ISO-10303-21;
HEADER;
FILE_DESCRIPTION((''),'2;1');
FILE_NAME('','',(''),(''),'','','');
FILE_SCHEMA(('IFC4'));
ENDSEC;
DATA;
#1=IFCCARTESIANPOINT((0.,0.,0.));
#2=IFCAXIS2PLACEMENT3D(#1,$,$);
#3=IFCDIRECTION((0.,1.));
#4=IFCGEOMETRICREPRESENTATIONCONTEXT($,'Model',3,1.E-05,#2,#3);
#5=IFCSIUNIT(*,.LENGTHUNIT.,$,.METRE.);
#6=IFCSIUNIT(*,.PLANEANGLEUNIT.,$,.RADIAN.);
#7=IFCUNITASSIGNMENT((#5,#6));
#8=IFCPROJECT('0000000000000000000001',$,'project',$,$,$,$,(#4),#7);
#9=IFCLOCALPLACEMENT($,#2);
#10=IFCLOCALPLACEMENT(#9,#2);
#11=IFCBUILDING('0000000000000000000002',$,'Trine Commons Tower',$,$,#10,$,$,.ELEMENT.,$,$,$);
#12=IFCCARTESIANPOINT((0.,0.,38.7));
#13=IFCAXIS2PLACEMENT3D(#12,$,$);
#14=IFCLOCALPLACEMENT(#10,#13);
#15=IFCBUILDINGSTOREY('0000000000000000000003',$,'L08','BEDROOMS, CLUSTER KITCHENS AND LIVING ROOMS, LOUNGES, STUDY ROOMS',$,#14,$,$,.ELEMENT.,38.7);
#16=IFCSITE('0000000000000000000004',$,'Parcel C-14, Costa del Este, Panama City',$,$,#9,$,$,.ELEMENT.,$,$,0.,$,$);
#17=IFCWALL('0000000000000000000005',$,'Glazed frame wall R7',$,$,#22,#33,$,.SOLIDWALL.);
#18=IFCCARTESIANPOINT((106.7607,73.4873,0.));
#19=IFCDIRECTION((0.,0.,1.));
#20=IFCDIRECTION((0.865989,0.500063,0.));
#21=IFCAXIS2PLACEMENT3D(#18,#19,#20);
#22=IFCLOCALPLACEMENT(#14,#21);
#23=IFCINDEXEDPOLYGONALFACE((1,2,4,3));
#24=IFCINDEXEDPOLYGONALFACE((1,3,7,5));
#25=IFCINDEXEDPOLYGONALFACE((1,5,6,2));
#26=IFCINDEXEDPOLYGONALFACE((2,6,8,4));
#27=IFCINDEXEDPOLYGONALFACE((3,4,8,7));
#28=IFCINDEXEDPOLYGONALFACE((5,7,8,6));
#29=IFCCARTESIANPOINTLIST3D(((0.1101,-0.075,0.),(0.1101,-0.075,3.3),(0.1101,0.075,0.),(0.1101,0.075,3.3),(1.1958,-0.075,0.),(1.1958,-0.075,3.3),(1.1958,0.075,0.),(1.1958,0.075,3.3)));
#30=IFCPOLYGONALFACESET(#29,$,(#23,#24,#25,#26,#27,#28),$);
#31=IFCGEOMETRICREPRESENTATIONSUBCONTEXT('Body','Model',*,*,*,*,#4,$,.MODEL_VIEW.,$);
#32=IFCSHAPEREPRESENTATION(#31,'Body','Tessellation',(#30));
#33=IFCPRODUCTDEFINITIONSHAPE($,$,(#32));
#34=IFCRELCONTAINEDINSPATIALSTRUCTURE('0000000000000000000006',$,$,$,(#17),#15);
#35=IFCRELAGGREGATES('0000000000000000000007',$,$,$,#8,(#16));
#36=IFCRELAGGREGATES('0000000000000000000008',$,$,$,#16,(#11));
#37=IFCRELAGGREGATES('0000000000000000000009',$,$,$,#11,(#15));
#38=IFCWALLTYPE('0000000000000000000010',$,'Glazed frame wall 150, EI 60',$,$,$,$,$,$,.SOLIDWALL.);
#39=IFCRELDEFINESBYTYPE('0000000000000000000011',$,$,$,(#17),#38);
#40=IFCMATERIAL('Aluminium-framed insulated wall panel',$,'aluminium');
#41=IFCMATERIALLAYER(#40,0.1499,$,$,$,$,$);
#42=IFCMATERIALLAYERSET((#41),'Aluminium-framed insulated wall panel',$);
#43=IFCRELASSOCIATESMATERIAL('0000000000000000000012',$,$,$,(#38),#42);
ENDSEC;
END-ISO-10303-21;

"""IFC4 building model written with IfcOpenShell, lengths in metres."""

from ifc_helpers import new_model, si_unit, direction, frame, origin, place, context, subcontext, project, spatial, polyline, outline, extrude, material, layer, layer_set, type_object, element, save


model = new_model("IFC4")

# Units and contexts
model_context = context("Model", 3, precision=1e-05, world=origin(), true_north=direction((0.0, 1.0)))
body_context = subcontext(model_context, "Body", "Model", "MODEL_VIEW")
ifc_project = project(units=[si_unit("LENGTHUNIT", "METRE"), si_unit("PLANEANGLEUNIT", "RADIAN")], contexts=[model_context])

# Site, building, storey
site_placement = place(None, origin())
site = spatial("IfcSite", under=ifc_project, at=site_placement, Name="Parcel C-14, Costa del Este, Panama City", CompositionType="ELEMENT", RefElevation=0.0)
building_placement = place(site_placement, origin())
building = spatial("IfcBuilding", under=site, at=building_placement, Name="Trine Commons Tower", CompositionType="ELEMENT")
storey_placement = place(building_placement, frame((0.0, 0.0, 38.7)))
storey = spatial("IfcBuildingStorey", under=building, at=storey_placement, Name="L08", Description="BEDROOMS, CLUSTER KITCHENS AND LIVING ROOMS, LOUNGES, STUDY ROOMS", CompositionType="ELEMENT", Elevation=38.7)

# Wall
ifc_material_1 = material(Name="Aluminium-framed insulated wall panel", Category="aluminium")
ifc_layer_1 = layer(ifc_material_1, 0.1499)
ifc_layer_set_1 = layer_set([ifc_layer_1], Name="Aluminium-framed insulated wall panel")
wall_type_1 = type_object("IfcWallType", Name="Glazed frame wall 150, EI 60", PredefinedType="SOLIDWALL", material=ifc_layer_set_1)
wall_1_placement = place(storey_placement, frame((106.7607, 73.4873, 0.0), z_axis=(0.0, 0.0, 1.0), x_axis=(0.865989, 0.500063, 0.0)))
element("IfcWall", 1, at=wall_1_placement, inside=storey, type_object=wall_type_1, Name="Glazed frame wall R7", PredefinedType="SOLIDWALL", context=body_context, shape_type="SweptSolid", body=[
    extrude(outline(polyline([(0.1101, 0.075), (0.1101, -0.075), (1.1958, -0.075), (1.1958, 0.075), (0.1101, 0.075)])), origin(), (0.0, 0.0, 1.0), 3.3),
])

save(model, "model.ifc")
